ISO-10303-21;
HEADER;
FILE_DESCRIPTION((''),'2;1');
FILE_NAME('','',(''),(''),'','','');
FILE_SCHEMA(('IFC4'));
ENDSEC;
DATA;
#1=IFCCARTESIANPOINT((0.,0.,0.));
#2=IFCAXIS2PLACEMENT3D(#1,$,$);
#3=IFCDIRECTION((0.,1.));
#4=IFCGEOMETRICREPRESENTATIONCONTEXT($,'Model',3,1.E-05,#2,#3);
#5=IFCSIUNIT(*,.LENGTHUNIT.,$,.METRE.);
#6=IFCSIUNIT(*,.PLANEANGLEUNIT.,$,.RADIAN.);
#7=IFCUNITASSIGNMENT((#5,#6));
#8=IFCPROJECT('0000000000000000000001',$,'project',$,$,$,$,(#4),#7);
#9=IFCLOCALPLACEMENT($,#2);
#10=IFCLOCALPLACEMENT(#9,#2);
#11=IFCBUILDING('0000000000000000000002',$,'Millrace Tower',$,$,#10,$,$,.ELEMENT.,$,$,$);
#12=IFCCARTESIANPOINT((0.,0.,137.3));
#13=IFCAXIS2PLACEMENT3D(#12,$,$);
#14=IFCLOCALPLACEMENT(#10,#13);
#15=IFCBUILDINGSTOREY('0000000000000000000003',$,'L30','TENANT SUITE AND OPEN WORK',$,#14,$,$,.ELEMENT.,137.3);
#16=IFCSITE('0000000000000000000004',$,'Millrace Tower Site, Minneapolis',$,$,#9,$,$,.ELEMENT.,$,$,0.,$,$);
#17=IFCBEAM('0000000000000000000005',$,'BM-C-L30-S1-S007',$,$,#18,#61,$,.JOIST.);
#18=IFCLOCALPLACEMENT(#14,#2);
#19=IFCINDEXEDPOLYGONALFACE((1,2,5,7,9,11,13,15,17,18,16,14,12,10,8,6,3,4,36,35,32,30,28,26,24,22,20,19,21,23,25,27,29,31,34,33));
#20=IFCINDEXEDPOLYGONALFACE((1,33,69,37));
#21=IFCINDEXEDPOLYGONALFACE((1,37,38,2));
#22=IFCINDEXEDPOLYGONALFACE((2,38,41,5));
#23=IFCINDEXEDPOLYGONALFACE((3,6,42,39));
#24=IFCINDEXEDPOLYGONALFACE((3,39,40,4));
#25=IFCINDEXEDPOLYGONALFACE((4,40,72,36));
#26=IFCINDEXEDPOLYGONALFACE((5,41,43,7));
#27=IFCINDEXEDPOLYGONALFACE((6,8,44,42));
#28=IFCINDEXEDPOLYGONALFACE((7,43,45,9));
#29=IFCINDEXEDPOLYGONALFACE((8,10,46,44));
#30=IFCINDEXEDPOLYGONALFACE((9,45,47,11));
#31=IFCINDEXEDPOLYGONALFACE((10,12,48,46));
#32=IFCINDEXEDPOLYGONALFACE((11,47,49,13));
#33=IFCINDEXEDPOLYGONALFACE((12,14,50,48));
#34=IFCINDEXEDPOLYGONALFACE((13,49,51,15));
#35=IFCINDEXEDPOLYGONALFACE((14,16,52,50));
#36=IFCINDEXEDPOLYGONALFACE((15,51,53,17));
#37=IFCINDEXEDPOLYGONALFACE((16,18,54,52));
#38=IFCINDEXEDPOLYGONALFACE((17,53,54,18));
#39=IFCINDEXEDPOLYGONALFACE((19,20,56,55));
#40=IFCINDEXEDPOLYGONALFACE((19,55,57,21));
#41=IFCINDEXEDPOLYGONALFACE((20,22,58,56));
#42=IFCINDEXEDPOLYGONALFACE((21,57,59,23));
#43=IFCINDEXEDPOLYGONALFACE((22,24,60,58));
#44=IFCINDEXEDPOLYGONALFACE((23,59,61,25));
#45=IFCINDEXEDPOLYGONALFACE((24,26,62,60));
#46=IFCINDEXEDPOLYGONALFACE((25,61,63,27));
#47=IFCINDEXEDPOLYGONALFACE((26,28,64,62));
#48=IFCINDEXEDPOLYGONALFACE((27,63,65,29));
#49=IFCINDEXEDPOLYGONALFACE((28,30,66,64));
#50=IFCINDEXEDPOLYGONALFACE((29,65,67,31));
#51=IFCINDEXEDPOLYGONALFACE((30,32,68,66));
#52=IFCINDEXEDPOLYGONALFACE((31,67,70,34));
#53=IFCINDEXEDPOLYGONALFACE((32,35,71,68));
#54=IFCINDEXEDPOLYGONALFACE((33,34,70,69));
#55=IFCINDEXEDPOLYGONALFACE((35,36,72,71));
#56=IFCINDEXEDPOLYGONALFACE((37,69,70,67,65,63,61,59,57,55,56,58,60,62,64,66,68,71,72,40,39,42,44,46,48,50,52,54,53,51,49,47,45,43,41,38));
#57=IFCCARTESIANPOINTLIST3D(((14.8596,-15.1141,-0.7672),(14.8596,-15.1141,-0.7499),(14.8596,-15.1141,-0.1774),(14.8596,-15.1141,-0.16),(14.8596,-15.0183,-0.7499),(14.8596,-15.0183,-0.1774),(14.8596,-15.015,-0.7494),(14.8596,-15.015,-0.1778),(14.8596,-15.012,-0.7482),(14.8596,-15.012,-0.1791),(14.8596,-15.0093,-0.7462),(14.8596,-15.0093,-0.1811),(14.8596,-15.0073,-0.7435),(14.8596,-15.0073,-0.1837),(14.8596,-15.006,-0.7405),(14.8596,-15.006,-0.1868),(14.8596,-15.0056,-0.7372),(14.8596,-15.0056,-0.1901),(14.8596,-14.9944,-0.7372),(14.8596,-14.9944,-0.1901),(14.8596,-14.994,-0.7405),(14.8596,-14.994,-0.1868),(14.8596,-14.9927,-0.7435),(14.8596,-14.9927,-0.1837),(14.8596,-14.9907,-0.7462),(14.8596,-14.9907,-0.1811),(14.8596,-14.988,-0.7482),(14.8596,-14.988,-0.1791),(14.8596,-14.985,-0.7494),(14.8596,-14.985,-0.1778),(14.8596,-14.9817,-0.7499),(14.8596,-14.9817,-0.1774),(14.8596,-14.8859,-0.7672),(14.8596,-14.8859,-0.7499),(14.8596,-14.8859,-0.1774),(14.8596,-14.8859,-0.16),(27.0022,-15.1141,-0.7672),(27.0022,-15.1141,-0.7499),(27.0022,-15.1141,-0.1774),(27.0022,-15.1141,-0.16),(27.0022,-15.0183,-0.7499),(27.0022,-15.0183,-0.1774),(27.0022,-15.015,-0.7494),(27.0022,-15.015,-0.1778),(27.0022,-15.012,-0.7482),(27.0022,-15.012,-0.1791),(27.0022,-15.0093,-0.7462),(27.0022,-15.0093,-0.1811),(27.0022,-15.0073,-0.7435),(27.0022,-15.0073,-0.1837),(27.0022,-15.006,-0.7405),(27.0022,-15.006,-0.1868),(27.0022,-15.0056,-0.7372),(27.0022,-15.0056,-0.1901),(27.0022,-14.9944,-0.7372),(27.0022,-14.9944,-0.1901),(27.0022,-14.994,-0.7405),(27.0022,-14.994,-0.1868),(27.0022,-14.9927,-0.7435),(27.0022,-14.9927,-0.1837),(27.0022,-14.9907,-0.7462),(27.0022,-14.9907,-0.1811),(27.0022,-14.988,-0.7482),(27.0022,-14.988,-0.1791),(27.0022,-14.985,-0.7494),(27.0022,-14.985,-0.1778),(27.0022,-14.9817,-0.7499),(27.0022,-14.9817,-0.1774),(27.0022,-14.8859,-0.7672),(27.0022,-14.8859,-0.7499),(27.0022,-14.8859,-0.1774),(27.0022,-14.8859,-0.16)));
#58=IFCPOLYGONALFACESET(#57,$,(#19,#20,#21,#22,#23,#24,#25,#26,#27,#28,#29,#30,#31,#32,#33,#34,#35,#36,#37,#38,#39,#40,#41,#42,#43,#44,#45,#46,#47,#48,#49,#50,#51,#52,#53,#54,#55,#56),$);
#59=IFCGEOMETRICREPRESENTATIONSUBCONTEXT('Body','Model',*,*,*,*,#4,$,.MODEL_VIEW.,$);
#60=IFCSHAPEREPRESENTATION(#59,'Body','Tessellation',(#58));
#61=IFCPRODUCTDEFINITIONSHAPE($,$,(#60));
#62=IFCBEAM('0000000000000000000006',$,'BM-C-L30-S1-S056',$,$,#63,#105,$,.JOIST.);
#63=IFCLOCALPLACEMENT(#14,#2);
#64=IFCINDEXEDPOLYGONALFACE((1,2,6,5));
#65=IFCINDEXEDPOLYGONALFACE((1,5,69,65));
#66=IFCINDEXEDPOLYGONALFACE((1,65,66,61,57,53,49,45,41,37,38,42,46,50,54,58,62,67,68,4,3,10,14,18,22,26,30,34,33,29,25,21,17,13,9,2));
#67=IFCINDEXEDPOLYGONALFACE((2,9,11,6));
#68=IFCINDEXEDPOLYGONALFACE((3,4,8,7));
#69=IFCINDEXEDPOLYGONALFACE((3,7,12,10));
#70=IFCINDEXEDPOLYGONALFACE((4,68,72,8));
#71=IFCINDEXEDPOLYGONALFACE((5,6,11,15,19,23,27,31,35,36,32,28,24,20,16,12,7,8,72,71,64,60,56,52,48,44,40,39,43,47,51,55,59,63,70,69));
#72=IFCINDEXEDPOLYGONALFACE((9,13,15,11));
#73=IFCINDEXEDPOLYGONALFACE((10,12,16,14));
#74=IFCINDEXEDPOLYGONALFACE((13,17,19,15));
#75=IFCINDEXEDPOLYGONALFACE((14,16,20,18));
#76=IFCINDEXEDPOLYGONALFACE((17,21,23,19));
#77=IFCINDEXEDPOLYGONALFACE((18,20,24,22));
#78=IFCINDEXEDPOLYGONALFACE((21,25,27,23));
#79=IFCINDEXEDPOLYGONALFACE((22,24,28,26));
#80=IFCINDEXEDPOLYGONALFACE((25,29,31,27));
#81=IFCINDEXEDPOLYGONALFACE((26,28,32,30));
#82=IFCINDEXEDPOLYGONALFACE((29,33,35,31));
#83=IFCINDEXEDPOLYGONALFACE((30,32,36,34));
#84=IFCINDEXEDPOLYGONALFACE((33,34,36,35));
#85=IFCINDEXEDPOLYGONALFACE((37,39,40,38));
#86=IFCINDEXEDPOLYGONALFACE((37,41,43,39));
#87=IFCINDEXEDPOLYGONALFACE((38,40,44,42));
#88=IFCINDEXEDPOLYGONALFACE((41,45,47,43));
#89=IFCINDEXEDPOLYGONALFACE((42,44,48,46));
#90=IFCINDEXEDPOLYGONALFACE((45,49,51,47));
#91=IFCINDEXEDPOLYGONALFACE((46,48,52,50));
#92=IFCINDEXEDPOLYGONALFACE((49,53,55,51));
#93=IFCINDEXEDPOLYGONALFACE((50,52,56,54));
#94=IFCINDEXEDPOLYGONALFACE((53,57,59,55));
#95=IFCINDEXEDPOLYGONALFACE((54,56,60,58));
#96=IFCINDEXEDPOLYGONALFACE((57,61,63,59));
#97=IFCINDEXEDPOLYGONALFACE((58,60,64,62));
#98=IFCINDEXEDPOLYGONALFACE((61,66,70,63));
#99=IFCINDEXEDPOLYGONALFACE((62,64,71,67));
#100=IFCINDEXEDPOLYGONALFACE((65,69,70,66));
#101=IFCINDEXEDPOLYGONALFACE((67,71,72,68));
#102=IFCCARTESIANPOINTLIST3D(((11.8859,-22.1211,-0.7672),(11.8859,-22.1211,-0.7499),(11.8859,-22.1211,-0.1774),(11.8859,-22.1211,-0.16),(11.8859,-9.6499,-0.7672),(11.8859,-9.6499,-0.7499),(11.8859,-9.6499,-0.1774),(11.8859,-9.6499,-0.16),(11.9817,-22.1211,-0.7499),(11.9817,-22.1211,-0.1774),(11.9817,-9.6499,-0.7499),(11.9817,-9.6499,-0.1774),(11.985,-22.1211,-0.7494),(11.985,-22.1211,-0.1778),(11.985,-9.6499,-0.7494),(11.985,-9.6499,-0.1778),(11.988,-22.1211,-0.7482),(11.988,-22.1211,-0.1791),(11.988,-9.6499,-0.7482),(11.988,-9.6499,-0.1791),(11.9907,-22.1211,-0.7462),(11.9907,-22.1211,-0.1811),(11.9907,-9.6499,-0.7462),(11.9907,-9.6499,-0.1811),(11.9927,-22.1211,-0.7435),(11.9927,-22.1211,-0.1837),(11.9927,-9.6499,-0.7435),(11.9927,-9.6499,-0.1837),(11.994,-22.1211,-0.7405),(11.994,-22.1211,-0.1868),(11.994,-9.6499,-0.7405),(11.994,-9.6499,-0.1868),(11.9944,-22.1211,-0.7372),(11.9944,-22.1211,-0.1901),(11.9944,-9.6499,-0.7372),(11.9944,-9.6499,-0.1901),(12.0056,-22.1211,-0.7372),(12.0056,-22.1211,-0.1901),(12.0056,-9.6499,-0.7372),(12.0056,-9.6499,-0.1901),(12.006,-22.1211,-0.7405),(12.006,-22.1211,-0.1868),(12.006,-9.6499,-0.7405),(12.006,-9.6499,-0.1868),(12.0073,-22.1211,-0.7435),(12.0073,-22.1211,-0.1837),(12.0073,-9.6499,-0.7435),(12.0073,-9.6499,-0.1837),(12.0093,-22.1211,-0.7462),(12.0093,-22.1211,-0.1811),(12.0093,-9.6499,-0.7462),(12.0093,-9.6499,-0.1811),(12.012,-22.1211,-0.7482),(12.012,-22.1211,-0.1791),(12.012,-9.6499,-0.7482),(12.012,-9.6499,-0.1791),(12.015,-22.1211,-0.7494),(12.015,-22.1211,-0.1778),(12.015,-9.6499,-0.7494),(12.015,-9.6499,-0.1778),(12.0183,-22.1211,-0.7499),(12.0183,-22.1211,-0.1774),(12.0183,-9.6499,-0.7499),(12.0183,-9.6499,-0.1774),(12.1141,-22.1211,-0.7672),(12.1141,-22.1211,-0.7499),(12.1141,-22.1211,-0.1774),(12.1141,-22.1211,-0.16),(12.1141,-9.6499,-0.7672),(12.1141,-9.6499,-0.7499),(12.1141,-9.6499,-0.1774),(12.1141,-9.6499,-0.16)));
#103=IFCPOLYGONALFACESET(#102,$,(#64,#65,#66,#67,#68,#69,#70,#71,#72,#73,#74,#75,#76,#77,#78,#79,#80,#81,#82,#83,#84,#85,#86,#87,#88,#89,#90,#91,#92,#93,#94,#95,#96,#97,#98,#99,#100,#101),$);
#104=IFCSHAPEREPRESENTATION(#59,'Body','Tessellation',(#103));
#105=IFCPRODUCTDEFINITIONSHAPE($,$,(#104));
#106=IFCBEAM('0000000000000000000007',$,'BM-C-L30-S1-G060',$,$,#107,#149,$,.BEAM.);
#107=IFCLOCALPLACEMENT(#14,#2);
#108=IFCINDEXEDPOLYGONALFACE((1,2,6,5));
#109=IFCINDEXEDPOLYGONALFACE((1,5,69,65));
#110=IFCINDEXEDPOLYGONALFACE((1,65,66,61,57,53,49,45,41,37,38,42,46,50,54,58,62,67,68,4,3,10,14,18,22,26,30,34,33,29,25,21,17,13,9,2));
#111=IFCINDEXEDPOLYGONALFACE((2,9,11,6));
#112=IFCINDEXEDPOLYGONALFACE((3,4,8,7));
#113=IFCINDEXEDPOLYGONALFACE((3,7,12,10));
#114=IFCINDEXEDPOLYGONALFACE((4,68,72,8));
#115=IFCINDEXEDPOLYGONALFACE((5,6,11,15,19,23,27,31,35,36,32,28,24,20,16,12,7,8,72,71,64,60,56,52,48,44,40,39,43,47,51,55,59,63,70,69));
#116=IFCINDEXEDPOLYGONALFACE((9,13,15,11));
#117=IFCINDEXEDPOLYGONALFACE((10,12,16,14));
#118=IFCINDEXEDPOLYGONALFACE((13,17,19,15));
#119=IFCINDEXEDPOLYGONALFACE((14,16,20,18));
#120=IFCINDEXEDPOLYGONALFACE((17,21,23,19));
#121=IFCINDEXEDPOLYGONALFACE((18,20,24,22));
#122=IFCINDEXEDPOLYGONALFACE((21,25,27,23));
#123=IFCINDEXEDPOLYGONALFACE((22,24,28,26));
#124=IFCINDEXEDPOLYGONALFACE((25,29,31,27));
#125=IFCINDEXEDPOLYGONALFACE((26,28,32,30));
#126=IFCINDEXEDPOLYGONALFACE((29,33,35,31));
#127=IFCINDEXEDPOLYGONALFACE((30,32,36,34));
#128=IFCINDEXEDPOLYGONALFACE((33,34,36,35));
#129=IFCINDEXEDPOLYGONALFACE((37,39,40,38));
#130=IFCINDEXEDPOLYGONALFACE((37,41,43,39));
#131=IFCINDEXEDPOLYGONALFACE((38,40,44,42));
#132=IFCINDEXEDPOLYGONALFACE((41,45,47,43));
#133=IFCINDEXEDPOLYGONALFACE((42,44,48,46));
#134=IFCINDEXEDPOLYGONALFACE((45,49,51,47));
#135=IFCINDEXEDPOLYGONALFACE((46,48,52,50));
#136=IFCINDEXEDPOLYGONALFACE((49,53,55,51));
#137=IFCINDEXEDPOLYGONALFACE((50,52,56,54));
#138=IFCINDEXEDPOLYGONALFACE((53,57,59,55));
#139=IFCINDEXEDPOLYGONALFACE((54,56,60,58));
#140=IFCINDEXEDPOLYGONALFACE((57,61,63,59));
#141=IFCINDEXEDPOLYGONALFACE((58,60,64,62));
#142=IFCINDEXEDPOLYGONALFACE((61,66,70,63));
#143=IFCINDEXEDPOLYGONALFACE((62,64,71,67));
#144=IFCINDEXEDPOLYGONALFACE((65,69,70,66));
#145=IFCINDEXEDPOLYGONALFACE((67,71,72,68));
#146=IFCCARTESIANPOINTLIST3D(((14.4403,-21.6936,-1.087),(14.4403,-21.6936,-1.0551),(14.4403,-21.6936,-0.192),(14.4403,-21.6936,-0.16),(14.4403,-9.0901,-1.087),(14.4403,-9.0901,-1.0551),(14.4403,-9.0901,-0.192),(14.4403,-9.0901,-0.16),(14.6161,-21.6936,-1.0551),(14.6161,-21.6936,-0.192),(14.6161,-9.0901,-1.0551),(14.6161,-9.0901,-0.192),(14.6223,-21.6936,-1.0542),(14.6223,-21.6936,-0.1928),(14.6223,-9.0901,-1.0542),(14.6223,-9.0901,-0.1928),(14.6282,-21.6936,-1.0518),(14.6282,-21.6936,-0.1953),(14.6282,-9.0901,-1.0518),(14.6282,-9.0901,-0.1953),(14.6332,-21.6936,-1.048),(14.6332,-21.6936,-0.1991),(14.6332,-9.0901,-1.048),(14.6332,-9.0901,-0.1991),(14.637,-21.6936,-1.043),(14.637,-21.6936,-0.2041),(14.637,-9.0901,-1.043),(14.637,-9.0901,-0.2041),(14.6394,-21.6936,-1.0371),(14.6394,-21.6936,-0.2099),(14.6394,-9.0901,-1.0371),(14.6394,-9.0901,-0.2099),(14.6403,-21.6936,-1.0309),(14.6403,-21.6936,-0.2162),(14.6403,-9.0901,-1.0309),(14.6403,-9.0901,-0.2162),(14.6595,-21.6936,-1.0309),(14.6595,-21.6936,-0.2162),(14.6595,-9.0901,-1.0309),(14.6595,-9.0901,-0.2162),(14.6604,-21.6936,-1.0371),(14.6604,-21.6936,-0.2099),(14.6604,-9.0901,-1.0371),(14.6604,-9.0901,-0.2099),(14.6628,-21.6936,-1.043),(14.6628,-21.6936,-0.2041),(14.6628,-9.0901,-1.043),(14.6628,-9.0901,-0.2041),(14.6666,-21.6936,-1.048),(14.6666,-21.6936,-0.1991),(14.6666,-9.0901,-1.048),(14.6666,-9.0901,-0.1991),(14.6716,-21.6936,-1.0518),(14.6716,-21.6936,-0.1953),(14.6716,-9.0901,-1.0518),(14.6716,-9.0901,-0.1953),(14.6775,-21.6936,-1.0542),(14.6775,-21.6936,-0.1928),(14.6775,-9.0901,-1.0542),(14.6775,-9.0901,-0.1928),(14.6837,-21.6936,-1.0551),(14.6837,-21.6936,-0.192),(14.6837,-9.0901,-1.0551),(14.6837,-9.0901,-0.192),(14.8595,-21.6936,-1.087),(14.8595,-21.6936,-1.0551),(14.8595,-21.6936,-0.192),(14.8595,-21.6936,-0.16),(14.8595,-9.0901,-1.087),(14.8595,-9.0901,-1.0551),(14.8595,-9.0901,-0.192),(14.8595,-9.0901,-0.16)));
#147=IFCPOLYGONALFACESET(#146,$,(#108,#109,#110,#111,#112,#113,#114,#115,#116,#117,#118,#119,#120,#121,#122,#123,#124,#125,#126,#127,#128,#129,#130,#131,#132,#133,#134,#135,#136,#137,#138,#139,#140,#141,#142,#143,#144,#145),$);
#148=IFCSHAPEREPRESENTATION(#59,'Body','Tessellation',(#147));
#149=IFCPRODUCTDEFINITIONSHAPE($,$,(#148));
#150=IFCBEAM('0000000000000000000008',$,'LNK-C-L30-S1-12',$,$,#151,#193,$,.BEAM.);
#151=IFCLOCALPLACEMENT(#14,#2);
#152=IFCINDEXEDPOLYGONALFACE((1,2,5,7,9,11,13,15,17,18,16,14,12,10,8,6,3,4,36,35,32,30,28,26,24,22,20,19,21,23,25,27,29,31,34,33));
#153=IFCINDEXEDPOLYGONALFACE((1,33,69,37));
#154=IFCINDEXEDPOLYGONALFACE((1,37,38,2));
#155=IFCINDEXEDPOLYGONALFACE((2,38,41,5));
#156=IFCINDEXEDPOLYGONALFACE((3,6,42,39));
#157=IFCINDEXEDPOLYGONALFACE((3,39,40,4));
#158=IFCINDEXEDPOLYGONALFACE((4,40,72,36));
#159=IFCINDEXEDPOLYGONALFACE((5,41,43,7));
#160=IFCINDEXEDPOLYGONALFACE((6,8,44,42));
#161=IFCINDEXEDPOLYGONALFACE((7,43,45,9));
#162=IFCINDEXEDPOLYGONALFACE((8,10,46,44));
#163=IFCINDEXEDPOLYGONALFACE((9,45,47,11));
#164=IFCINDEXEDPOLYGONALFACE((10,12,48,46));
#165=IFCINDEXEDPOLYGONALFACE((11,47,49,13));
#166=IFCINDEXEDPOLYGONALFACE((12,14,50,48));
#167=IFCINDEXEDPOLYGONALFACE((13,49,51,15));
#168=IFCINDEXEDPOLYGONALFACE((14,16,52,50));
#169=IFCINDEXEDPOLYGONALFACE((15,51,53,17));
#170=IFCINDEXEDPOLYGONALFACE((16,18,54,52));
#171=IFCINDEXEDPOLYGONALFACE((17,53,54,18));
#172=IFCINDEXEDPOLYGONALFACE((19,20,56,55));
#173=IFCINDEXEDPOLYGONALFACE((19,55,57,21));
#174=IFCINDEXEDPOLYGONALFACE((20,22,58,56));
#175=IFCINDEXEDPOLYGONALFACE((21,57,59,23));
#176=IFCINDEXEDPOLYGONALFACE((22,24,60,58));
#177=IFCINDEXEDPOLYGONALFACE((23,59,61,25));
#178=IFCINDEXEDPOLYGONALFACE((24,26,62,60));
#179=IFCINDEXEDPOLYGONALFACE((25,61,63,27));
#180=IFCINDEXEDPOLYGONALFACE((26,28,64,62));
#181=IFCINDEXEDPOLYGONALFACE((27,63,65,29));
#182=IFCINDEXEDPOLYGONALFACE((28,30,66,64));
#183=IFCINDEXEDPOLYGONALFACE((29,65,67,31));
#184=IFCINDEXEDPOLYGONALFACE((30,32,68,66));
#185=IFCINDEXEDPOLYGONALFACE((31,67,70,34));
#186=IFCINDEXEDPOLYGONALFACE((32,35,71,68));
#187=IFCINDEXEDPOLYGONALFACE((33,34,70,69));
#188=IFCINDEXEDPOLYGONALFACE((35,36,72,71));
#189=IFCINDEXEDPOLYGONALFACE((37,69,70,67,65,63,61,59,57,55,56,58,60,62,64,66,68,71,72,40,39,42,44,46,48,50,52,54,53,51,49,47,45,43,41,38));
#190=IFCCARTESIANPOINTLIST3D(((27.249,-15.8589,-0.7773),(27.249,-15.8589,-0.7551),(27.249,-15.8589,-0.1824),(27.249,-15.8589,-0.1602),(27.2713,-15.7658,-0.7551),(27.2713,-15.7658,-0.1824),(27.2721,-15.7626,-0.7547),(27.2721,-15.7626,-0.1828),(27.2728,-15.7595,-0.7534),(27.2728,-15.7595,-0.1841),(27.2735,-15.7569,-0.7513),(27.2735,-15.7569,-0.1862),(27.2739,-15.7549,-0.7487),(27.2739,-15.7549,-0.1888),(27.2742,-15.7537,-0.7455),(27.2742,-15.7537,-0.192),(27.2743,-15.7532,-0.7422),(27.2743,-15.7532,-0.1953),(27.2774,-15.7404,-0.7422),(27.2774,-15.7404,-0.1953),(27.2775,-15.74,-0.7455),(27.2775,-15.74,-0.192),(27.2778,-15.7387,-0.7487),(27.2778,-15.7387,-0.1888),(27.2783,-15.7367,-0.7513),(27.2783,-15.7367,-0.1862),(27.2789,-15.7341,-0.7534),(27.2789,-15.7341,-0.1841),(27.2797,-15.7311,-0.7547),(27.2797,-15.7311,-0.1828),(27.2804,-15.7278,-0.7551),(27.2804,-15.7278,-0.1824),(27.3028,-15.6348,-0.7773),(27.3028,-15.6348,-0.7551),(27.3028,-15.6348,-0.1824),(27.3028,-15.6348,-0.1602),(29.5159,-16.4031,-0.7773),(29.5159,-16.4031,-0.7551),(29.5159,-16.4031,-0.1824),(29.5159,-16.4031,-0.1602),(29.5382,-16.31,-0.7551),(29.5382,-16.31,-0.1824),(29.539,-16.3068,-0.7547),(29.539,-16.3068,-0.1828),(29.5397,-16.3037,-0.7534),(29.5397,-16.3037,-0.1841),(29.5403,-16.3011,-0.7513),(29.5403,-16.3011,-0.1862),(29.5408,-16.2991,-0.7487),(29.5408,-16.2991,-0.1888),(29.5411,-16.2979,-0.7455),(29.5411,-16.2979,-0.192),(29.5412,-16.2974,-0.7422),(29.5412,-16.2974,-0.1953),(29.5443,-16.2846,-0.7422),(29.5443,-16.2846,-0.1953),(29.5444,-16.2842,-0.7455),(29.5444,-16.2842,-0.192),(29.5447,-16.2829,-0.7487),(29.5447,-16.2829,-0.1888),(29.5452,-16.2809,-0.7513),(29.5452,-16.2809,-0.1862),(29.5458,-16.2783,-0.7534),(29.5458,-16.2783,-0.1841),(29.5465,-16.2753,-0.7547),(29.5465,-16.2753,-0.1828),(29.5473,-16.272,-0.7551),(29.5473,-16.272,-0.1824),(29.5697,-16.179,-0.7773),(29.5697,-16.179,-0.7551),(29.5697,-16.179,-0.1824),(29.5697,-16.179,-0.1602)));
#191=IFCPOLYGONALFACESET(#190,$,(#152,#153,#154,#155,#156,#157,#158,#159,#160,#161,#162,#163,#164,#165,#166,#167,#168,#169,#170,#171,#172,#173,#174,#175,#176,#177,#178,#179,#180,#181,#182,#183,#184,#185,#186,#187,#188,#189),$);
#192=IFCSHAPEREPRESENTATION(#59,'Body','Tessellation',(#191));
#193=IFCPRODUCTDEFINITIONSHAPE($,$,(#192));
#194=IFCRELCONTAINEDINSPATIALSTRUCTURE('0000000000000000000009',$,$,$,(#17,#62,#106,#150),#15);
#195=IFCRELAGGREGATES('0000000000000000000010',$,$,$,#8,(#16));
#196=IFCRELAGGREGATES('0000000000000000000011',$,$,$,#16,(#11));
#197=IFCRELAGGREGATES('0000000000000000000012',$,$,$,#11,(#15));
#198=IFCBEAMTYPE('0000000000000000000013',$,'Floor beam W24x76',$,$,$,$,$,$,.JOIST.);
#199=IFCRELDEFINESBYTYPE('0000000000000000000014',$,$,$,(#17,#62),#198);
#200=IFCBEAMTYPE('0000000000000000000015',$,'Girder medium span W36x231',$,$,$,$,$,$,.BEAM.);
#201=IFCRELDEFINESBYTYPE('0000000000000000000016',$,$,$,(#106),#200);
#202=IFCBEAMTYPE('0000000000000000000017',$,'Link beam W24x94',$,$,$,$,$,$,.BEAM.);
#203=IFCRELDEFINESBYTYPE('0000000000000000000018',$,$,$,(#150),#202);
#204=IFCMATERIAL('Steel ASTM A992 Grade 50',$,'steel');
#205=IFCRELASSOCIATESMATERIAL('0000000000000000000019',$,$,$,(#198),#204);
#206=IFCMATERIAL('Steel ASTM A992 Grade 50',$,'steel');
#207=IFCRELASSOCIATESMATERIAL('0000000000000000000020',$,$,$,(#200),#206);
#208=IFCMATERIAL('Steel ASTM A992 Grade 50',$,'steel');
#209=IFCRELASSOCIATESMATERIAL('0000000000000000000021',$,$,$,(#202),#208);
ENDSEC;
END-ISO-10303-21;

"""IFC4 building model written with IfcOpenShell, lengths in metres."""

from ifc_helpers import new_model, si_unit, direction, frame, origin, origin_2d, place, context, subcontext, project, spatial, i_section, extrude, material, material_profile, profile_set, type_object, element, save


model = new_model("IFC4")

# Units and contexts
model_context = context("Model", 3, precision=1e-05, world=origin(), true_north=direction((0.0, 1.0)))
body_context = subcontext(model_context, "Body", "Model", "MODEL_VIEW")
ifc_project = project(units=[si_unit("LENGTHUNIT", "METRE"), si_unit("PLANEANGLEUNIT", "RADIAN")], contexts=[model_context])

# Site, building, storey
site_placement = place(None, origin())
site = spatial("IfcSite", under=ifc_project, at=site_placement, Name="Millrace Tower Site, Minneapolis", CompositionType="ELEMENT", RefElevation=0.0)
building_placement = place(site_placement, origin())
building = spatial("IfcBuilding", under=site, at=building_placement, Name="Millrace Tower", CompositionType="ELEMENT")
storey_placement = place(building_placement, frame((0.0, 0.0, 137.3)))
storey = spatial("IfcBuildingStorey", under=building, at=storey_placement, Name="L30", Description="TENANT SUITE AND OPEN WORK", CompositionType="ELEMENT", Elevation=137.3)

# Beams
ifc_material_1 = material(Name="Steel ASTM A992 Grade 50", Category="steel")
ifc_material_profile_1 = material_profile(ifc_material_1, i_section(OverallWidth=0.2283, OverallDepth=0.6072, WebThickness=0.0112, FlangeThickness=0.0173, FilletRadius=0.0127, at=origin_2d()))
ifc_profile_set_1 = profile_set([ifc_material_profile_1], Name="Steel ASTM A992 Grade 50")
beam_type_1 = type_object("IfcBeamType", Name="Floor beam W24x76", PredefinedType="JOIST", material=ifc_profile_set_1)
beam_1_placement = place(storey_placement, frame((14.8596, -15.0, -0.4636), z_axis=(1.0, 0.0, 0.0), x_axis=(0.0, 1.0, 0.0)))
element("IfcBeam", 1, at=beam_1_placement, inside=storey, type_object=beam_type_1, Name="BM-C-L30-S1-S007", PredefinedType="JOIST", context=body_context, shape_type="SweptSolid", body=[
    extrude(i_section(OverallWidth=0.2283, OverallDepth=0.6072, WebThickness=0.0112, FlangeThickness=0.0173, FilletRadius=0.0127, at=origin_2d()), origin(), (0.0, 0.0, 1.0), 12.1426),
])
beam_2_placement = place(storey_placement, frame((12.0, -22.1211, -0.4636), z_axis=(0.0, 1.0, 0.0), x_axis=(-1.0, 0.0, 0.0)))
element("IfcBeam", 2, at=beam_2_placement, inside=storey, type_object=beam_type_1, Name="BM-C-L30-S1-S056", PredefinedType="JOIST", context=body_context, shape_type="SweptSolid", body=[
    extrude(i_section(OverallWidth=0.2283, OverallDepth=0.6072, WebThickness=0.0112, FlangeThickness=0.0173, FilletRadius=0.0127, at=origin_2d()), origin(), (0.0, 0.0, 1.0), 12.4712),
])
ifc_material_2 = material(Name="Steel ASTM A992 Grade 50", Category="steel")
ifc_material_profile_2 = material_profile(ifc_material_2, i_section(OverallWidth=0.4192, OverallDepth=0.927, WebThickness=0.0193, FlangeThickness=0.032, FilletRadius=0.0242, at=origin_2d()))
ifc_profile_set_2 = profile_set([ifc_material_profile_2], Name="Steel ASTM A992 Grade 50")
beam_type_2 = type_object("IfcBeamType", Name="Girder medium span W36x231", PredefinedType="BEAM", material=ifc_profile_set_2)
beam_3_placement = place(storey_placement, frame((14.6499, -21.6936, -0.6235), z_axis=(0.0, 1.0, 0.0), x_axis=(-1.0, 0.0, 0.0)))
element("IfcBeam", 3, at=beam_3_placement, inside=storey, type_object=beam_type_2, Name="BM-C-L30-S1-G060", PredefinedType="BEAM", context=body_context, shape_type="SweptSolid", body=[
    extrude(i_section(OverallWidth=0.4192, OverallDepth=0.927, WebThickness=0.0193, FlangeThickness=0.032, FilletRadius=0.0242, at=origin_2d()), origin(), (0.0, 0.0, 1.0), 12.6035),
])
ifc_material_3 = material(Name="Steel ASTM A992 Grade 50", Category="steel")
ifc_material_profile_3 = material_profile(ifc_material_3, i_section(OverallWidth=0.2305, OverallDepth=0.6172, WebThickness=0.0132, FlangeThickness=0.0222, FilletRadius=0.0129, at=origin_2d()))
ifc_profile_set_3 = profile_set([ifc_material_profile_3], Name="Steel ASTM A992 Grade 50")
beam_type_3 = type_object("IfcBeamType", Name="Link beam W24x94", PredefinedType="BEAM", material=ifc_profile_set_3)
beam_4_placement = place(storey_placement, frame((27.2759, -15.7468, -0.4688), z_axis=(0.972373, -0.233432, 0.0), x_axis=(0.233432, 0.972373, 0.0)))
element("IfcBeam", 4, at=beam_4_placement, inside=storey, type_object=beam_type_3, Name="LNK-C-L30-S1-12", PredefinedType="BEAM", context=body_context, shape_type="SweptSolid", body=[
    extrude(i_section(OverallWidth=0.2305, OverallDepth=0.6172, WebThickness=0.0132, FlangeThickness=0.0222, FilletRadius=0.0129, at=origin_2d()), origin(), (0.0, 0.0, 1.0), 2.3313),
])

save(model, "model.ifc")
